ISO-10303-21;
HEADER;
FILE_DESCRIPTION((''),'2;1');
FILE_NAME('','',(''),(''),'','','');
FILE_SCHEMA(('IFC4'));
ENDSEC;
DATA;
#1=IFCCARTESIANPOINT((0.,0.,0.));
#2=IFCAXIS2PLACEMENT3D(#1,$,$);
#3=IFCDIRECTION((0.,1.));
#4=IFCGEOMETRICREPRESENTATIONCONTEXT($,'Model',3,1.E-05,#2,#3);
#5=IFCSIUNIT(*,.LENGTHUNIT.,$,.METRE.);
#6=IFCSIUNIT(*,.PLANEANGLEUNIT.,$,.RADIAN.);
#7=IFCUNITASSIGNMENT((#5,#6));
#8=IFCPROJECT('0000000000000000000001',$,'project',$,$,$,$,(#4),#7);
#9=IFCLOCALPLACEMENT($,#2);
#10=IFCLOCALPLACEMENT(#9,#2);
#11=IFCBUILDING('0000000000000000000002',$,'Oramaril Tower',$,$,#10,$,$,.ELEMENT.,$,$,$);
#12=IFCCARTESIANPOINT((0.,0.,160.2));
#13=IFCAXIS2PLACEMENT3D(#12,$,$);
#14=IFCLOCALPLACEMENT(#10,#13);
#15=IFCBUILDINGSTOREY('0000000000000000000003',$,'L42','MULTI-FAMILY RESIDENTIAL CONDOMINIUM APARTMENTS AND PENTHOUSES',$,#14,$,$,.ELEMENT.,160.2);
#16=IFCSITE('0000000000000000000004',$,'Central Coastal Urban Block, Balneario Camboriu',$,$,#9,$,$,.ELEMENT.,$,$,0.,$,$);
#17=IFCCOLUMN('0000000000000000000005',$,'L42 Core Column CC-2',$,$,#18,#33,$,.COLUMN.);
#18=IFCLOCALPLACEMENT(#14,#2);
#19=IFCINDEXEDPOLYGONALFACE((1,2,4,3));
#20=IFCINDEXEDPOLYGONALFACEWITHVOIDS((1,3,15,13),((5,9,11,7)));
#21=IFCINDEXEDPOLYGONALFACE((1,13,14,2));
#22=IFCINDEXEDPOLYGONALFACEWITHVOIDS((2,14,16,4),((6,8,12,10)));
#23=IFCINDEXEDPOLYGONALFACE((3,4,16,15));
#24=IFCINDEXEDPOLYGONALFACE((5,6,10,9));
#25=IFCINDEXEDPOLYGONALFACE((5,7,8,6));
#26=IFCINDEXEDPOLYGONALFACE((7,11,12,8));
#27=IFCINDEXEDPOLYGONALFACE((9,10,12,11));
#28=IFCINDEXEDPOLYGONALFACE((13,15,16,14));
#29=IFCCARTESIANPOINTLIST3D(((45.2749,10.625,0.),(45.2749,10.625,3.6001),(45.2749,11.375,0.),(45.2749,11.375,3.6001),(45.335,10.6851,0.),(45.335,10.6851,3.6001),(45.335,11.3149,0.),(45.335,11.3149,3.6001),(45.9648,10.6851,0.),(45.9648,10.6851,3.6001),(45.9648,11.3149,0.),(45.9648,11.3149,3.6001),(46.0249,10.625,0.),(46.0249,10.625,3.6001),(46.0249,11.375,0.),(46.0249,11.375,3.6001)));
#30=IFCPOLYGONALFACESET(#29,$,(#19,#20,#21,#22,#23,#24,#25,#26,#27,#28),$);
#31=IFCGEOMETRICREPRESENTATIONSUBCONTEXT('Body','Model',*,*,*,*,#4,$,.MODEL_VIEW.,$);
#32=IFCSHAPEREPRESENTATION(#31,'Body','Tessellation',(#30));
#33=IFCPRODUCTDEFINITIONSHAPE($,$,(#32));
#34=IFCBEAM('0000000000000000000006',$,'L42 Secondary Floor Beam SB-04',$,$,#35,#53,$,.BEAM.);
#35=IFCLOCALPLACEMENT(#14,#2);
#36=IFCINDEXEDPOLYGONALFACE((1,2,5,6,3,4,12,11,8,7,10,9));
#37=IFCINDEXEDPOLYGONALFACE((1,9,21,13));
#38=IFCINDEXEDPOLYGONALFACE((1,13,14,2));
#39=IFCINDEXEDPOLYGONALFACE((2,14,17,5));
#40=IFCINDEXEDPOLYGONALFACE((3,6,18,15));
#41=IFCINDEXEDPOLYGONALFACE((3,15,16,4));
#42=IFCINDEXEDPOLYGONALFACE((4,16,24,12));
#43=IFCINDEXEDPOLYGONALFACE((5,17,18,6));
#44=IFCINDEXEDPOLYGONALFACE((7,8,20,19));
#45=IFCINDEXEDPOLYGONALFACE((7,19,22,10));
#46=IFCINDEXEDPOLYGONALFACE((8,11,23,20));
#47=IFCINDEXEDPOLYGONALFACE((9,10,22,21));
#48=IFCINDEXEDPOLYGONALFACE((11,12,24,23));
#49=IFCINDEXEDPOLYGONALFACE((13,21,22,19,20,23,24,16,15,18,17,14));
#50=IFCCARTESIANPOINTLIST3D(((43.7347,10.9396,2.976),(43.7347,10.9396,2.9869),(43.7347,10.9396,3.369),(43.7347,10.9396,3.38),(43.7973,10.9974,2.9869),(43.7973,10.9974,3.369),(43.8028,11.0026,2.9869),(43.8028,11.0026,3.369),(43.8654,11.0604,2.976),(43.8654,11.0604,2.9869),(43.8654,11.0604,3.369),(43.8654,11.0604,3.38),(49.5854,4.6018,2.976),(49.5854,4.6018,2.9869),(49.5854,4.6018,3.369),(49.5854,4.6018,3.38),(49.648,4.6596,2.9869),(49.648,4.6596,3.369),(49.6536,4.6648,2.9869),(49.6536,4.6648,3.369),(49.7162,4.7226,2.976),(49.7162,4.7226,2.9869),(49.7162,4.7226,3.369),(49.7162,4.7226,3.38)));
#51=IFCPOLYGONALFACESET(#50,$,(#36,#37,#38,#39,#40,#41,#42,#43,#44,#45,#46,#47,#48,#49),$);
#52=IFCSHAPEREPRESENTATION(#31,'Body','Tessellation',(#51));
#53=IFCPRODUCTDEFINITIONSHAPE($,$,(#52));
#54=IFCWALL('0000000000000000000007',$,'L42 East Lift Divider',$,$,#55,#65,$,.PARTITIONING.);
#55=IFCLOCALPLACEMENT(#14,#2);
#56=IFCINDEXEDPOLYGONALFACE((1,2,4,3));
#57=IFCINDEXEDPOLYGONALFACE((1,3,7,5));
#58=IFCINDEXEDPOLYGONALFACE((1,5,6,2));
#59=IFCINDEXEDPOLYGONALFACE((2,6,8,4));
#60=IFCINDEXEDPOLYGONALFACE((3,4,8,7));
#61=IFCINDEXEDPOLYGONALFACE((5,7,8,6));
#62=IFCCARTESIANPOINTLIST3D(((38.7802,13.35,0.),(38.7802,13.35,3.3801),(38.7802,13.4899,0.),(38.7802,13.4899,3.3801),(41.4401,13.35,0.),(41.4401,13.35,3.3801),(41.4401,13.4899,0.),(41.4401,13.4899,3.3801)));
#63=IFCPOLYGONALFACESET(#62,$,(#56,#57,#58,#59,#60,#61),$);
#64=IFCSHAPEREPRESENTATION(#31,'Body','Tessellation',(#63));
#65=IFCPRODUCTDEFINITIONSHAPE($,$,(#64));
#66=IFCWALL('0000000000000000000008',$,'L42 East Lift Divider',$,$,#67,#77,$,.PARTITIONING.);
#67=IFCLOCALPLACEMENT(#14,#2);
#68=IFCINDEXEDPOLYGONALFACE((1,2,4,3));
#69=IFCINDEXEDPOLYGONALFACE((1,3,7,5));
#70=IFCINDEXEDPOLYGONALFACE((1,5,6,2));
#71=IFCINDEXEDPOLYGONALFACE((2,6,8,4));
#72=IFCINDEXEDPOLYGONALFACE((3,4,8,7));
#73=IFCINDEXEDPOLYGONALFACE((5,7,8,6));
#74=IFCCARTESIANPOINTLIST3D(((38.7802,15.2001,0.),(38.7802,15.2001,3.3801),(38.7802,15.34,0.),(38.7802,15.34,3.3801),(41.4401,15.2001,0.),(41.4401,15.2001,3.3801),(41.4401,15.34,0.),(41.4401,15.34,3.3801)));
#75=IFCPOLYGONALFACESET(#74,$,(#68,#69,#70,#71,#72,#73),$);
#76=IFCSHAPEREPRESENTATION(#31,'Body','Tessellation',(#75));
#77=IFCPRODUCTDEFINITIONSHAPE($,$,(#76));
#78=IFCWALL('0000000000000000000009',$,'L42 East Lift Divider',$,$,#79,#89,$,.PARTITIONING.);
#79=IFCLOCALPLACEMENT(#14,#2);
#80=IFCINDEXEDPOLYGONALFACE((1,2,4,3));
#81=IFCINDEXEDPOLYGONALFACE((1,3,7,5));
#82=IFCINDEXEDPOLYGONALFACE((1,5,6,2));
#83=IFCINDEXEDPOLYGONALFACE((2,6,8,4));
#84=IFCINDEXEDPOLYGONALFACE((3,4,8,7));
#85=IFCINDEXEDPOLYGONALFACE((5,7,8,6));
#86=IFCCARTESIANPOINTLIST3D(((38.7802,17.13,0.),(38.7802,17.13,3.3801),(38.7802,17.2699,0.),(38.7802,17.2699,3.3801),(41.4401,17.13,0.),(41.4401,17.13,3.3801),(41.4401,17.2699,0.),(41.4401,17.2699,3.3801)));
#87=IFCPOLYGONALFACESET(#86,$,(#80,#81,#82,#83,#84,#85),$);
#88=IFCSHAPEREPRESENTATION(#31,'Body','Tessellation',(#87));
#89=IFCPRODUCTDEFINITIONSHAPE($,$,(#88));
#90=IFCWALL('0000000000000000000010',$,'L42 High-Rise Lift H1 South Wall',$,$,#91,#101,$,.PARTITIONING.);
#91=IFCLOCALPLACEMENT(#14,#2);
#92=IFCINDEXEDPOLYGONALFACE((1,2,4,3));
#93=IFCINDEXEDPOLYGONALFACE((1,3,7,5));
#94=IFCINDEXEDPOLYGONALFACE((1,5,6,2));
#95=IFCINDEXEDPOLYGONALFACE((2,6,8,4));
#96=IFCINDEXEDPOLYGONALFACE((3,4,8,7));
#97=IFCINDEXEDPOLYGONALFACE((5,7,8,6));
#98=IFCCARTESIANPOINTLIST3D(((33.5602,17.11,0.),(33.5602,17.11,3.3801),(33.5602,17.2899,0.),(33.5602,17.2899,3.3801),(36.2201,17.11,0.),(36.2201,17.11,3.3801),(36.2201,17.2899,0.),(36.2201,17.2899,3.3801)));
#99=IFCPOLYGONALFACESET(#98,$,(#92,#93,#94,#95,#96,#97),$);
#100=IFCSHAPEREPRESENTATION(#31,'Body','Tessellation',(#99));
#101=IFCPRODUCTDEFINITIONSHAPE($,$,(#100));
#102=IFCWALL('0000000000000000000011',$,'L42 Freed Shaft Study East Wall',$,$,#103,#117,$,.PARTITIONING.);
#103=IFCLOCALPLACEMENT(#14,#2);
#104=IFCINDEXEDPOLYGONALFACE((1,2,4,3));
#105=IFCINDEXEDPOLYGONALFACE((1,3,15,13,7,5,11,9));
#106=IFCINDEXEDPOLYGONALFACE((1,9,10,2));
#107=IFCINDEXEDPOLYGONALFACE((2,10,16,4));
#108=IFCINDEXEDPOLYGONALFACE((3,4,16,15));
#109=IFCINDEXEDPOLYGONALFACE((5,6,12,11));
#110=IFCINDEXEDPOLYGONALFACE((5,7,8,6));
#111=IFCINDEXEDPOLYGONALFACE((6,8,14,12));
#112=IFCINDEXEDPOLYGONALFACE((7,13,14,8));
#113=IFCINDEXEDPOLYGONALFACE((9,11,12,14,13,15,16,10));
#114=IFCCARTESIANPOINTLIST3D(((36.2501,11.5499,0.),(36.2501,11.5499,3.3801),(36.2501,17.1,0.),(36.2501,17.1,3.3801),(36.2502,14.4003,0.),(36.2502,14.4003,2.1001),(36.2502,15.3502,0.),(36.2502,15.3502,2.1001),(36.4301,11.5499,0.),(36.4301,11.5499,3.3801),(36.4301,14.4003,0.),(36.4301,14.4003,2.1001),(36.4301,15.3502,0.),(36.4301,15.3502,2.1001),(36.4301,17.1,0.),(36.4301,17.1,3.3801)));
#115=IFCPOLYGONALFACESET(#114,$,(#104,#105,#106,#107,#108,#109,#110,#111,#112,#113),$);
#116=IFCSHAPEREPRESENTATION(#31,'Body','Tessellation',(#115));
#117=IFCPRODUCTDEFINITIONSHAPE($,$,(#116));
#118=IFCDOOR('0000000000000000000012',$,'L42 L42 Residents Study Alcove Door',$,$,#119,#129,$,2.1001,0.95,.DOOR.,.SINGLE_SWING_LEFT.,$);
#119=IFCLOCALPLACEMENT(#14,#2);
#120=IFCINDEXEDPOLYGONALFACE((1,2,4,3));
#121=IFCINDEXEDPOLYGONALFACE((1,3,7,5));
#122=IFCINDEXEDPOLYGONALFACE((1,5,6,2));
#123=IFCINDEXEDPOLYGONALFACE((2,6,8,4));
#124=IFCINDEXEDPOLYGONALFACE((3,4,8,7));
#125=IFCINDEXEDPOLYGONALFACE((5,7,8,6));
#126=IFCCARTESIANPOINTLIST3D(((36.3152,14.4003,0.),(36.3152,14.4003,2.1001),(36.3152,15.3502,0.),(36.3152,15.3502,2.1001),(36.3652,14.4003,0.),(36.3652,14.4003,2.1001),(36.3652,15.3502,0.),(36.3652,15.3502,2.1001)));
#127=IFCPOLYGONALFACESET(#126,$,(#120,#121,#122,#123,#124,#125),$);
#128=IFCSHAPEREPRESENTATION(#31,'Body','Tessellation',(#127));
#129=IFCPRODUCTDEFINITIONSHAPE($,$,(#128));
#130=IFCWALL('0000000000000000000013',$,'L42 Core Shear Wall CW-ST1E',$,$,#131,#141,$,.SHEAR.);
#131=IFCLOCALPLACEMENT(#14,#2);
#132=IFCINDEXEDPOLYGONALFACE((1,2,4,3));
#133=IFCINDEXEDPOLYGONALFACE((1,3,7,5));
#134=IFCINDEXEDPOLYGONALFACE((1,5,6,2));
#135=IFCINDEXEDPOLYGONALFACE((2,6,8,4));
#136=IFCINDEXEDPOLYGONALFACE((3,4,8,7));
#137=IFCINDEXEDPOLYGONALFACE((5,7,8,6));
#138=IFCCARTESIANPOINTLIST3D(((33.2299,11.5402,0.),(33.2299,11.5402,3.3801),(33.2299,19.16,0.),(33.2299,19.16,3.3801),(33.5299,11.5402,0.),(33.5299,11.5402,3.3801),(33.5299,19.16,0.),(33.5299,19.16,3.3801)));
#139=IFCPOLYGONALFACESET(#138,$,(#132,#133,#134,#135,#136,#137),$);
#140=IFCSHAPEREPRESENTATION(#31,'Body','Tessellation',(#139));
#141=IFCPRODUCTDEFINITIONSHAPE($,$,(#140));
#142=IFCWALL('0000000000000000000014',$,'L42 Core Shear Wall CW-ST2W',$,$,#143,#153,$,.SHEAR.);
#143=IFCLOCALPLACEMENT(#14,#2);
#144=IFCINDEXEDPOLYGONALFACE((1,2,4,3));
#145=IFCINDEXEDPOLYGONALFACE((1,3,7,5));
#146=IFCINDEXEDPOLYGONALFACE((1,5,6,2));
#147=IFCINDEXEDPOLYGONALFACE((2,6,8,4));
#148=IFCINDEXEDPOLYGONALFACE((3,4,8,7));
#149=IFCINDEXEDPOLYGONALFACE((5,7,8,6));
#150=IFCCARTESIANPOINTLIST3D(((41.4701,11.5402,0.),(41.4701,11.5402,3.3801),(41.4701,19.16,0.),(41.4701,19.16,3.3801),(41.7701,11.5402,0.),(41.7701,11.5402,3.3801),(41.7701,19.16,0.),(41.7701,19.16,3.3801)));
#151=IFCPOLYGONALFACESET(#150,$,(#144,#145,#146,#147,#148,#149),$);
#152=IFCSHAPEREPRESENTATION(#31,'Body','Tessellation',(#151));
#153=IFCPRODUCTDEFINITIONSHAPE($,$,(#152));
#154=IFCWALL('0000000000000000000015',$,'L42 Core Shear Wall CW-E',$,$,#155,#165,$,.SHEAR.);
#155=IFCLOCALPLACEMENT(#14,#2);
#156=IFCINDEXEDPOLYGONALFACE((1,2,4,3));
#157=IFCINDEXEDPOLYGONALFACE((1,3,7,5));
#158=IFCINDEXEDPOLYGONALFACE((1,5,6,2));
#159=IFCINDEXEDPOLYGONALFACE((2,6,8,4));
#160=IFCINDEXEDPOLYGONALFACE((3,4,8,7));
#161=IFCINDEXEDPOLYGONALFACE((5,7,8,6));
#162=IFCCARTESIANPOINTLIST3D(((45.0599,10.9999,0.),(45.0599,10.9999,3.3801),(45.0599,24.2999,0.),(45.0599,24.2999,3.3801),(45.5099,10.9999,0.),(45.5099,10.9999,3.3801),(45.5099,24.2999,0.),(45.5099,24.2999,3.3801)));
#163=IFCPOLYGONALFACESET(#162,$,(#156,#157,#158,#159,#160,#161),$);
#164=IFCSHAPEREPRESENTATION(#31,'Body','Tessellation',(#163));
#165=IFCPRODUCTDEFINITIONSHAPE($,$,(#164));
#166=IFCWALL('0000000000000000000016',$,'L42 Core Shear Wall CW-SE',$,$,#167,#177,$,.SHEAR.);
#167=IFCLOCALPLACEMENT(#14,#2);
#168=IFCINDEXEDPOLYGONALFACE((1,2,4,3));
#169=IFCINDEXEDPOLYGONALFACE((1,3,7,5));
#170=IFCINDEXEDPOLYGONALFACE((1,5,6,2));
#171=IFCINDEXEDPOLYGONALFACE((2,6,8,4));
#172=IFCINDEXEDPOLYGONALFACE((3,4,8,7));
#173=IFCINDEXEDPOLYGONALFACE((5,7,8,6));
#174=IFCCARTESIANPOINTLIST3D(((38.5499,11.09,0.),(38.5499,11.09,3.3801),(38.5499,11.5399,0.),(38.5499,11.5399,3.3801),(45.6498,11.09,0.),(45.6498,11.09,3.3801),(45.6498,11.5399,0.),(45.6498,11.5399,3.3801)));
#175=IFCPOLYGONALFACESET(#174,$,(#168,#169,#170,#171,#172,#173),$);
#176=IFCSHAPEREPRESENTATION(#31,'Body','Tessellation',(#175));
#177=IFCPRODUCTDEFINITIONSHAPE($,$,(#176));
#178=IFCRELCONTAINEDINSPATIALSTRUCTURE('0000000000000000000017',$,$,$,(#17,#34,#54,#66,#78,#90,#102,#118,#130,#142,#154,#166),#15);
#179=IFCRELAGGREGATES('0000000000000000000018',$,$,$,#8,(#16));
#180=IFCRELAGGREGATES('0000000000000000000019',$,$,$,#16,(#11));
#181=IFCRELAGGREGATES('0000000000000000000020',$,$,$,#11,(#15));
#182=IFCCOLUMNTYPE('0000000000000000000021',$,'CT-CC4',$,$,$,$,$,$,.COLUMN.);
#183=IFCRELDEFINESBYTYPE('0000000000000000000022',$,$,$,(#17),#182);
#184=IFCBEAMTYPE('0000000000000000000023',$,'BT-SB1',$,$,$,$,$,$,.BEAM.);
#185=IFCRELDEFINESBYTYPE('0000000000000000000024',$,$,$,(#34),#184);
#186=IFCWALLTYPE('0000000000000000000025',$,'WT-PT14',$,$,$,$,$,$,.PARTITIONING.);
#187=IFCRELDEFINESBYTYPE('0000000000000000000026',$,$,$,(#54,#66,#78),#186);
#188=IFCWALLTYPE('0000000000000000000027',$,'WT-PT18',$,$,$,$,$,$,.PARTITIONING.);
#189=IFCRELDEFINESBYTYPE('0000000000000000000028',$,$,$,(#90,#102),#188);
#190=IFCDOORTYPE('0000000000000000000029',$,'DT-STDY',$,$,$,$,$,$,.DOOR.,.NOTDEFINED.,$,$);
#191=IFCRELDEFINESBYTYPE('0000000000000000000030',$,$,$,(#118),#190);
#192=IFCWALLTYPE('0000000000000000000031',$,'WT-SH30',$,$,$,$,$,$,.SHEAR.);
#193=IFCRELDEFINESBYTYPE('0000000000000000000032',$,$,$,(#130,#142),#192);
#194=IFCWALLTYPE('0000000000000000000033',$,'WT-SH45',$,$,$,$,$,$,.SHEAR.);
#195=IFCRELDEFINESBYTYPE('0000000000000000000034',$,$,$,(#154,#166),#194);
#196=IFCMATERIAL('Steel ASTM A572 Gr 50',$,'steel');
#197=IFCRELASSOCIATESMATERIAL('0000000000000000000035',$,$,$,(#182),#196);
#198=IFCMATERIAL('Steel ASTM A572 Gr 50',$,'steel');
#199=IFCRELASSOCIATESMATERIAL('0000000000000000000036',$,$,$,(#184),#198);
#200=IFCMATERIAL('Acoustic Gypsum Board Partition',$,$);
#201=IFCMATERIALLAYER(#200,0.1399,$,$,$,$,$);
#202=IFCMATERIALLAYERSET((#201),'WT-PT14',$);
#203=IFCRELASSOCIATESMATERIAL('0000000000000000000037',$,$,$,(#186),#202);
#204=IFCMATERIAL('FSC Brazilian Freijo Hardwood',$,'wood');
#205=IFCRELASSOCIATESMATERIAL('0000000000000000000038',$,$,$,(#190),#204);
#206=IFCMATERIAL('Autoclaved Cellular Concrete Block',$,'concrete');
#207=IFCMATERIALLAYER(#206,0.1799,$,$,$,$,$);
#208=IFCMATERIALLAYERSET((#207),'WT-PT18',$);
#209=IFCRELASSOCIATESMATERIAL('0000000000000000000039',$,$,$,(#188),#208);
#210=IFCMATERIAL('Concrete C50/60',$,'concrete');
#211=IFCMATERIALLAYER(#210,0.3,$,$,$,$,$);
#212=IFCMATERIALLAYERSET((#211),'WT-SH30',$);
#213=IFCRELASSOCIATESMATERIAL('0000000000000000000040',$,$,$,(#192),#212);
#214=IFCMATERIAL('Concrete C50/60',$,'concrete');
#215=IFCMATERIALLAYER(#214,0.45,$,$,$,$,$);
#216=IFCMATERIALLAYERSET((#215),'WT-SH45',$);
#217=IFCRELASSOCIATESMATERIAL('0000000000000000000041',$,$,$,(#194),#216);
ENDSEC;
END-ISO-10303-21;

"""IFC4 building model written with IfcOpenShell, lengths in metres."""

from ifc_helpers import new_model, si_unit, direction, frame, frame_2d, origin, origin_2d, place, context, subcontext, project, spatial, rectangle, hollow_rectangle, i_section, extrude, material, layer, layer_set, material_profile, profile_set, type_object, element, fill, save


model = new_model("IFC4")

# Units and contexts
model_context = context("Model", 3, precision=1e-05, world=origin(), true_north=direction((0.0, 1.0)))
body_context = subcontext(model_context, "Body", "Model", "MODEL_VIEW")
ifc_project = project(units=[si_unit("LENGTHUNIT", "METRE"), si_unit("PLANEANGLEUNIT", "RADIAN")], contexts=[model_context])

# Site, building, storey
site_placement = place(None, origin())
site = spatial("IfcSite", under=ifc_project, at=site_placement, Name="Central Coastal Urban Block, Balneario Camboriu", CompositionType="ELEMENT", RefElevation=0.0)
building_placement = place(site_placement, origin())
building = spatial("IfcBuilding", under=site, at=building_placement, Name="Oramaril Tower", CompositionType="ELEMENT")
storey_placement = place(building_placement, frame((0.0, 0.0, 160.2)))
storey = spatial("IfcBuildingStorey", under=building, at=storey_placement, Name="L42", Description="MULTI-FAMILY RESIDENTIAL CONDOMINIUM APARTMENTS AND PENTHOUSES", CompositionType="ELEMENT", Elevation=160.2)

# Column
ifc_material_1 = material(Name="Steel ASTM A572 Gr 50", Category="steel")
ifc_material_profile_1 = material_profile(ifc_material_1, hollow_rectangle(XDim=0.75, YDim=0.75, WallThickness=0.0601, at=origin_2d()), Name="BOX750X750X60")
ifc_profile_set_1 = profile_set([ifc_material_profile_1], Name="Steel ASTM A572 Gr 50")
column_type = type_object("IfcColumnType", Name="CT-CC4", PredefinedType="COLUMN", material=ifc_profile_set_1)
column_placement = place(storey_placement, frame((45.6499, 11.0, 0.0), z_axis=(0.0, 0.0, 1.0), x_axis=(1.0, 0.0, 0.0)))
element("IfcColumn", 1, at=column_placement, inside=storey, type_object=column_type, Name="L42 Core Column CC-2", PredefinedType="COLUMN", context=body_context, shape_type="SweptSolid", body=[
    extrude(hollow_rectangle(XDim=0.75, YDim=0.75, WallThickness=0.0601, at=origin_2d()), origin(), (0.0, 0.0, 1.0), 3.6001),
])

# Beam
ifc_material_2 = material(Name="Steel ASTM A572 Gr 50", Category="steel")
ifc_material_profile_2 = material_profile(ifc_material_2, i_section(OverallWidth=0.178, OverallDepth=0.4041, WebThickness=0.0076, FlangeThickness=0.011, at=origin_2d()), Name="W16X36")
ifc_profile_set_2 = profile_set([ifc_material_profile_2], Name="Steel ASTM A572 Gr 50")
beam_type = type_object("IfcBeamType", Name="BT-SB1", PredefinedType="BEAM", material=ifc_profile_set_2)
beam_placement = place(storey_placement, frame((43.8, 11.0, 3.178), z_axis=(0.678309, -0.734776, 0.0), x_axis=(0.734776, 0.678309, 0.0)))
element("IfcBeam", 2, at=beam_placement, inside=storey, type_object=beam_type, Name="L42 Secondary Floor Beam SB-04", PredefinedType="BEAM", context=body_context, shape_type="SweptSolid", body=[
    extrude(i_section(OverallWidth=0.178, OverallDepth=0.4041, WebThickness=0.0076, FlangeThickness=0.011, at=origin_2d()), origin(), (0.0, 0.0, 1.0), 8.6255),
])

# Walls
ifc_material_3 = material(Name="Acoustic Gypsum Board Partition")
ifc_layer_1 = layer(ifc_material_3, 0.1399)
ifc_layer_set_1 = layer_set([ifc_layer_1], Name="WT-PT14")
wall_type_1 = type_object("IfcWallType", Name="WT-PT14", PredefinedType="PARTITIONING", material=ifc_layer_set_1)
for number, where, z_axis, x_axis, name in (
    (3, (38.78, 13.4199, 0.0), (0.0, 0.0, 1.0), (1.0, 0.0, 0.0), "L42 East Lift Divider"),
    (4, (38.78, 15.27, 0.0), (0.0, 0.0, 1.0), (1.0, 0.0, 0.0), "L42 East Lift Divider"),
    (5, (38.78, 17.2, 0.0), (0.0, 0.0, 1.0), (1.0, 0.0, 0.0), "L42 East Lift Divider"),
):
    element("IfcWall", number, at=place(storey_placement, frame(where, z_axis=z_axis, x_axis=x_axis)), inside=storey, type_object=wall_type_1, Name=name, PredefinedType="PARTITIONING", context=body_context, shape_type="SweptSolid", body=[
        extrude(rectangle(XDim=2.6599, YDim=0.1399, at=frame_2d((1.3301, 0.0))), origin(), (0.0, 0.0, 1.0), 3.3801),
    ])

# Shared definitions
ifc_material_4 = material(Name="FSC Brazilian Freijo Hardwood", Category="wood")
door_type_1 = type_object("IfcDoorType", Name="DT-STDY", OperationType="NOTDEFINED", PredefinedType="DOOR", material=ifc_material_4)

# Wall
ifc_material_5 = material(Name="Autoclaved Cellular Concrete Block", Category="concrete")
ifc_layer_2 = layer(ifc_material_5, 0.1799)
ifc_layer_set_2 = layer_set([ifc_layer_2], Name="WT-PT18")
wall_type_2 = type_object("IfcWallType", Name="WT-PT18", PredefinedType="PARTITIONING", material=ifc_layer_set_2)
wall_1_placement = place(storey_placement, frame((33.5601, 17.2, 0.0), z_axis=(0.0, 0.0, 1.0), x_axis=(1.0, 0.0, 0.0)))
element("IfcWall", 6, at=wall_1_placement, inside=storey, type_object=wall_type_2, Name="L42 High-Rise Lift H1 South Wall", PredefinedType="PARTITIONING", context=body_context, shape_type="SweptSolid", body=[
    extrude(rectangle(XDim=2.6599, YDim=0.1799, at=frame_2d((1.3301, 0.0))), origin(), (0.0, 0.0, 1.0), 3.3801),
])

# Wall, opening, door
wall_2_placement = place(storey_placement, frame((36.3401, 11.55, 0.0), z_axis=(0.0, 0.0, 1.0), x_axis=(0.0, 1.0, 0.0)))
wall_2 = element("IfcWall", 7, at=wall_2_placement, inside=storey, type_object=wall_type_2, Name="L42 Freed Shaft Study East Wall", PredefinedType="PARTITIONING", context=body_context, shape_type="SweptSolid", body=[
    extrude(rectangle(XDim=5.55, YDim=0.1799, at=frame_2d((2.7749, 0.0))), origin(), (0.0, 0.0, 1.0), 3.3801),
])
opening_1_placement = place(wall_2_placement, frame((2.8501, 0.0, 0.0)))
opening_1 = element("IfcOpeningElement", 8, at=opening_1_placement, cuts=wall_2, PredefinedType="OPENING", context=body_context, shape_type="SweptSolid", body=[
    extrude(rectangle(XDim=0.95, YDim=2.1001, at=frame_2d((0.4751, 1.05))), frame((0.0, 0.0898, 0.0), z_axis=(0.0, -1.0, 0.0), x_axis=(1.0, 0.0, 0.0)), (0.0, 0.0, 1.0), 0.1799),
])
door_1_placement = place(opening_1_placement, origin())
door_1 = element("IfcDoor", 9, at=door_1_placement, inside=storey, type_object=door_type_1, Name="L42 L42 Residents Study Alcove Door", OperationType="SINGLE_SWING_LEFT", OverallHeight=2.1001, OverallWidth=0.95, PredefinedType="DOOR", context=body_context, shape_type="SweptSolid", body=[
    extrude(rectangle(XDim=0.95, YDim=2.1001, at=frame_2d((0.4751, 1.05))), frame((0.0, 0.0249, 0.0), z_axis=(0.0, -1.0, 0.0), x_axis=(1.0, 0.0, 0.0)), (0.0, 0.0, 1.0), 0.05),
])
fill(opening_1, door_1)

# Walls
ifc_material_6 = material(Name="Concrete C50/60", Category="concrete")
ifc_layer_3 = layer(ifc_material_6, 0.3)
ifc_layer_set_3 = layer_set([ifc_layer_3], Name="WT-SH30")
wall_type_3 = type_object("IfcWallType", Name="WT-SH30", PredefinedType="SHEAR", material=ifc_layer_set_3)
for number, where, z_axis, x_axis, name in (
    (10, (33.3799, 11.54, 0.0), (0.0, 0.0, 1.0), (0.0, 1.0, 0.0), "L42 Core Shear Wall CW-ST1E"),
    (11, (41.6201, 11.54, 0.0), (0.0, 0.0, 1.0), (0.0, 1.0, 0.0), "L42 Core Shear Wall CW-ST2W"),
):
    element("IfcWall", number, at=place(storey_placement, frame(where, z_axis=z_axis, x_axis=x_axis)), inside=storey, type_object=wall_type_3, Name=name, PredefinedType="SHEAR", context=body_context, shape_type="SweptSolid", body=[
        extrude(rectangle(XDim=7.6199, YDim=0.3, at=frame_2d((3.8101, 0.0))), origin(), (0.0, 0.0, 1.0), 3.3801),
    ])
ifc_material_7 = material(Name="Concrete C50/60", Category="concrete")
ifc_layer_4 = layer(ifc_material_7, 0.45)
ifc_layer_set_4 = layer_set([ifc_layer_4], Name="WT-SH45")
wall_type_4 = type_object("IfcWallType", Name="WT-SH45", PredefinedType="SHEAR", material=ifc_layer_set_4)
wall_3_placement = place(storey_placement, frame((45.2849, 11.0, 0.0), z_axis=(0.0, 0.0, 1.0), x_axis=(0.0, 1.0, 0.0)))
element("IfcWall", 12, at=wall_3_placement, inside=storey, type_object=wall_type_4, Name="L42 Core Shear Wall CW-E", PredefinedType="SHEAR", context=body_context, shape_type="SweptSolid", body=[
    extrude(rectangle(XDim=13.3, YDim=0.45, at=frame_2d((6.6499, 0.0))), origin(), (0.0, 0.0, 1.0), 3.3801),
])
wall_4_placement = place(storey_placement, frame((38.55, 11.3149, 0.0), z_axis=(0.0, 0.0, 1.0), x_axis=(1.0, 0.0, 0.0)))
element("IfcWall", 13, at=wall_4_placement, inside=storey, type_object=wall_type_4, Name="L42 Core Shear Wall CW-SE", PredefinedType="SHEAR", context=body_context, shape_type="SweptSolid", body=[
    extrude(rectangle(XDim=7.0999, YDim=0.45, at=frame_2d((3.5498, 0.0))), origin(), (0.0, 0.0, 1.0), 3.3801),
])

save(model, "model.ifc")
